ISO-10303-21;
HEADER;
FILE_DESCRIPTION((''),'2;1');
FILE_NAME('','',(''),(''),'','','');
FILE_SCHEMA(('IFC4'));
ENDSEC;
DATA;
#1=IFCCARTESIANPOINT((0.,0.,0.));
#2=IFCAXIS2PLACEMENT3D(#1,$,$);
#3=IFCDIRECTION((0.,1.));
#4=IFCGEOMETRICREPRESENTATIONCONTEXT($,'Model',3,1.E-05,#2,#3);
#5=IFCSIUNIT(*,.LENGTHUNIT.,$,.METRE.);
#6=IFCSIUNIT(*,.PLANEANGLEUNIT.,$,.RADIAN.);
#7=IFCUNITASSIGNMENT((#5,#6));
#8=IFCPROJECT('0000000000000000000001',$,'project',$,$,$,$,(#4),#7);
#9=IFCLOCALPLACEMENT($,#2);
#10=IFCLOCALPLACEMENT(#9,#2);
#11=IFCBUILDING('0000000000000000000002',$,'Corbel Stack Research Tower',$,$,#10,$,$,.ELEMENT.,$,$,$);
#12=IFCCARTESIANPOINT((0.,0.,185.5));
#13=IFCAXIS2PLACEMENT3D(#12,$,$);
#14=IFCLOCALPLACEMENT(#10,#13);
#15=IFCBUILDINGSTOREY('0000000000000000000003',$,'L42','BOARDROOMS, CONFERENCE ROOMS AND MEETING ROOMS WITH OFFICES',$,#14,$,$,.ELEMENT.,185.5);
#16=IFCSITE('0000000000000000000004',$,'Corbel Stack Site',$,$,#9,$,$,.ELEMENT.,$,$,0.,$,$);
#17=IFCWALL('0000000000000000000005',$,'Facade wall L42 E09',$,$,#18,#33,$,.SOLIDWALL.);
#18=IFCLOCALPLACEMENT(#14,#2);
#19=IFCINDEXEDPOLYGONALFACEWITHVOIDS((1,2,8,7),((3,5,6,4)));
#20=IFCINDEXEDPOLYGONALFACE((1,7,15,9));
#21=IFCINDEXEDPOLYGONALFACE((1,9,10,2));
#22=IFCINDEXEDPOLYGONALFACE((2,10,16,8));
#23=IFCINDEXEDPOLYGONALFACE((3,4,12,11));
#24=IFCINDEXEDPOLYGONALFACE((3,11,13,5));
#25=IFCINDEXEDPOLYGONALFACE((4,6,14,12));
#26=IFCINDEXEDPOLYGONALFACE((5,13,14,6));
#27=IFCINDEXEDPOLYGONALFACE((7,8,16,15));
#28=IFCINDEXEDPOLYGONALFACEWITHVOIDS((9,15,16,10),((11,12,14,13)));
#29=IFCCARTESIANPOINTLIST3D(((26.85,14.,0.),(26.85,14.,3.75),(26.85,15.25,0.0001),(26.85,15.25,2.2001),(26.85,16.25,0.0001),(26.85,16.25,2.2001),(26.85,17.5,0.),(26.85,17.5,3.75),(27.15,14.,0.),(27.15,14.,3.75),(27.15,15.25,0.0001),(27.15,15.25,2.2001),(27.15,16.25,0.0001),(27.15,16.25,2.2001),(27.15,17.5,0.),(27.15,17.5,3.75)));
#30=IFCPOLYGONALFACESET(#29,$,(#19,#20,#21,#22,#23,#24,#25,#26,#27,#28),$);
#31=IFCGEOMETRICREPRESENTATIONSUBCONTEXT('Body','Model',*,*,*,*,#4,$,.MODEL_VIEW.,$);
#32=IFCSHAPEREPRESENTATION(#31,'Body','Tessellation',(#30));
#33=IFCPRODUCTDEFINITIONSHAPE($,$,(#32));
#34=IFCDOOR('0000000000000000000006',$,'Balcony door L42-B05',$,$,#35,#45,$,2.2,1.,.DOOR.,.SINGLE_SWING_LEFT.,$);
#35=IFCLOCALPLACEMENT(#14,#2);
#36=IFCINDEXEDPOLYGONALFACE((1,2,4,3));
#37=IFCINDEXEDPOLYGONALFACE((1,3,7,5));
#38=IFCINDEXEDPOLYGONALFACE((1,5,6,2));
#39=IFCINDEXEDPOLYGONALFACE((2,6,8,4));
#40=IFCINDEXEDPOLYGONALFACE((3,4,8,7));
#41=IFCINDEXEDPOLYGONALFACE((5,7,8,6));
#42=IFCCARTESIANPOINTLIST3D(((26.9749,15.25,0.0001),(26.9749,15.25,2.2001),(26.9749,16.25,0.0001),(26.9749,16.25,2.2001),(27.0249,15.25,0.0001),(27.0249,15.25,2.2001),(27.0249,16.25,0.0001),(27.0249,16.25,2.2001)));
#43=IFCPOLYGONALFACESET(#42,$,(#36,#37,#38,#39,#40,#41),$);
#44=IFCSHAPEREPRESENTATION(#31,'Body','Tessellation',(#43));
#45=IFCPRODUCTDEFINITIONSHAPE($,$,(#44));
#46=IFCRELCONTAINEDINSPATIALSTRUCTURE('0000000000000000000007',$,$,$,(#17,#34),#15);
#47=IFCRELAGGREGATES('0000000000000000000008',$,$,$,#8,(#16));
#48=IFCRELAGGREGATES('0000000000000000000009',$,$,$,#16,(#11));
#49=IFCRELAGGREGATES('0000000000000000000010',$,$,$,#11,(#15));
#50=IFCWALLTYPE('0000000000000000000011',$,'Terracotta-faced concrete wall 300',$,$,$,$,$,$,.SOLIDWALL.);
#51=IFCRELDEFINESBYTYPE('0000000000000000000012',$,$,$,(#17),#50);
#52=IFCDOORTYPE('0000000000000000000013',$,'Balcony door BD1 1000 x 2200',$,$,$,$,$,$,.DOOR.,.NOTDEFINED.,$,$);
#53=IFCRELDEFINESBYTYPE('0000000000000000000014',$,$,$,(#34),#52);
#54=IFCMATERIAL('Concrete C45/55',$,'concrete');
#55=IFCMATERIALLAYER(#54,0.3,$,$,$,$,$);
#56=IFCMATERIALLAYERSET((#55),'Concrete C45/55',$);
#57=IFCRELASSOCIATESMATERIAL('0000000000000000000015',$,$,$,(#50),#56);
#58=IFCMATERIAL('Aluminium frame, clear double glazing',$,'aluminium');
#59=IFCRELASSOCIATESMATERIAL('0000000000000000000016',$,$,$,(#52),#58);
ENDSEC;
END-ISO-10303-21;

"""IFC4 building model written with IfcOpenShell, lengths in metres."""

from ifc_helpers import new_model, si_unit, direction, frame, frame_2d, origin, place, context, subcontext, project, spatial, rectangle, extrude, material, layer, layer_set, type_object, element, fill, save


model = new_model("IFC4")

# Units and contexts
model_context = context("Model", 3, precision=1e-05, world=origin(), true_north=direction((0.0, 1.0)))
body_context = subcontext(model_context, "Body", "Model", "MODEL_VIEW")
ifc_project = project(units=[si_unit("LENGTHUNIT", "METRE"), si_unit("PLANEANGLEUNIT", "RADIAN")], contexts=[model_context])

# Site, building, storey
site_placement = place(None, origin())
site = spatial("IfcSite", under=ifc_project, at=site_placement, Name="Corbel Stack Site", CompositionType="ELEMENT", RefElevation=0.0)
building_placement = place(site_placement, origin())
building = spatial("IfcBuilding", under=site, at=building_placement, Name="Corbel Stack Research Tower", CompositionType="ELEMENT")
storey_placement = place(building_placement, frame((0.0, 0.0, 185.5)))
storey = spatial("IfcBuildingStorey", under=building, at=storey_placement, Name="L42", Description="BOARDROOMS, CONFERENCE ROOMS AND MEETING ROOMS WITH OFFICES", CompositionType="ELEMENT", Elevation=185.5)

# Wall, opening, door
ifc_material_1 = material(Name="Concrete C45/55", Category="concrete")
ifc_layer_1 = layer(ifc_material_1, 0.3)
ifc_layer_set_1 = layer_set([ifc_layer_1], Name="Concrete C45/55")
wall_type_1 = type_object("IfcWallType", Name="Terracotta-faced concrete wall 300", PredefinedType="SOLIDWALL", material=ifc_layer_set_1)
wall_1_placement = place(storey_placement, frame((27.0, 17.5, 0.0), z_axis=(0.0, 0.0, 1.0), x_axis=(0.0, -1.0, 0.0)))
wall_1 = element("IfcWall", 1, at=wall_1_placement, inside=storey, type_object=wall_type_1, Name="Facade wall L42 E09", PredefinedType="SOLIDWALL", context=body_context, shape_type="SweptSolid", body=[
    extrude(rectangle(XDim=3.5, YDim=0.3, at=frame_2d((1.75, 0.0))), origin(), (0.0, 0.0, 1.0), 3.75),
])
opening_1_placement = place(wall_1_placement, frame((1.25, 0.0, 0.0)))
opening_1 = element("IfcOpeningElement", 2, at=opening_1_placement, cuts=wall_1, PredefinedType="OPENING", context=body_context, shape_type="SweptSolid", body=[
    extrude(rectangle(XDim=1.0, YDim=2.2, at=frame_2d((0.5, 1.1001))), frame((0.0, 0.1599, 0.0), z_axis=(0.0, -1.0, 0.0), x_axis=(1.0, 0.0, 0.0)), (0.0, 0.0, 1.0), 0.3201),
])
ifc_material_2 = material(Name="Aluminium frame, clear double glazing", Category="aluminium")
door_type_1 = type_object("IfcDoorType", Name="Balcony door BD1 1000 x 2200", OperationType="NOTDEFINED", PredefinedType="DOOR", material=ifc_material_2)
door_1_placement = place(opening_1_placement, origin())
door_1 = element("IfcDoor", 3, at=door_1_placement, inside=storey, type_object=door_type_1, Name="Balcony door L42-B05", OperationType="SINGLE_SWING_LEFT", OverallHeight=2.2, OverallWidth=1.0, PredefinedType="DOOR", context=body_context, shape_type="SweptSolid", body=[
    extrude(rectangle(XDim=1.0, YDim=2.2, at=frame_2d((0.5, 1.1001))), frame((0.0, 0.0249, 0.0), z_axis=(0.0, -1.0, 0.0), x_axis=(1.0, 0.0, 0.0)), (0.0, 0.0, 1.0), 0.05),
])
fill(opening_1, door_1)

save(model, "model.ifc")
